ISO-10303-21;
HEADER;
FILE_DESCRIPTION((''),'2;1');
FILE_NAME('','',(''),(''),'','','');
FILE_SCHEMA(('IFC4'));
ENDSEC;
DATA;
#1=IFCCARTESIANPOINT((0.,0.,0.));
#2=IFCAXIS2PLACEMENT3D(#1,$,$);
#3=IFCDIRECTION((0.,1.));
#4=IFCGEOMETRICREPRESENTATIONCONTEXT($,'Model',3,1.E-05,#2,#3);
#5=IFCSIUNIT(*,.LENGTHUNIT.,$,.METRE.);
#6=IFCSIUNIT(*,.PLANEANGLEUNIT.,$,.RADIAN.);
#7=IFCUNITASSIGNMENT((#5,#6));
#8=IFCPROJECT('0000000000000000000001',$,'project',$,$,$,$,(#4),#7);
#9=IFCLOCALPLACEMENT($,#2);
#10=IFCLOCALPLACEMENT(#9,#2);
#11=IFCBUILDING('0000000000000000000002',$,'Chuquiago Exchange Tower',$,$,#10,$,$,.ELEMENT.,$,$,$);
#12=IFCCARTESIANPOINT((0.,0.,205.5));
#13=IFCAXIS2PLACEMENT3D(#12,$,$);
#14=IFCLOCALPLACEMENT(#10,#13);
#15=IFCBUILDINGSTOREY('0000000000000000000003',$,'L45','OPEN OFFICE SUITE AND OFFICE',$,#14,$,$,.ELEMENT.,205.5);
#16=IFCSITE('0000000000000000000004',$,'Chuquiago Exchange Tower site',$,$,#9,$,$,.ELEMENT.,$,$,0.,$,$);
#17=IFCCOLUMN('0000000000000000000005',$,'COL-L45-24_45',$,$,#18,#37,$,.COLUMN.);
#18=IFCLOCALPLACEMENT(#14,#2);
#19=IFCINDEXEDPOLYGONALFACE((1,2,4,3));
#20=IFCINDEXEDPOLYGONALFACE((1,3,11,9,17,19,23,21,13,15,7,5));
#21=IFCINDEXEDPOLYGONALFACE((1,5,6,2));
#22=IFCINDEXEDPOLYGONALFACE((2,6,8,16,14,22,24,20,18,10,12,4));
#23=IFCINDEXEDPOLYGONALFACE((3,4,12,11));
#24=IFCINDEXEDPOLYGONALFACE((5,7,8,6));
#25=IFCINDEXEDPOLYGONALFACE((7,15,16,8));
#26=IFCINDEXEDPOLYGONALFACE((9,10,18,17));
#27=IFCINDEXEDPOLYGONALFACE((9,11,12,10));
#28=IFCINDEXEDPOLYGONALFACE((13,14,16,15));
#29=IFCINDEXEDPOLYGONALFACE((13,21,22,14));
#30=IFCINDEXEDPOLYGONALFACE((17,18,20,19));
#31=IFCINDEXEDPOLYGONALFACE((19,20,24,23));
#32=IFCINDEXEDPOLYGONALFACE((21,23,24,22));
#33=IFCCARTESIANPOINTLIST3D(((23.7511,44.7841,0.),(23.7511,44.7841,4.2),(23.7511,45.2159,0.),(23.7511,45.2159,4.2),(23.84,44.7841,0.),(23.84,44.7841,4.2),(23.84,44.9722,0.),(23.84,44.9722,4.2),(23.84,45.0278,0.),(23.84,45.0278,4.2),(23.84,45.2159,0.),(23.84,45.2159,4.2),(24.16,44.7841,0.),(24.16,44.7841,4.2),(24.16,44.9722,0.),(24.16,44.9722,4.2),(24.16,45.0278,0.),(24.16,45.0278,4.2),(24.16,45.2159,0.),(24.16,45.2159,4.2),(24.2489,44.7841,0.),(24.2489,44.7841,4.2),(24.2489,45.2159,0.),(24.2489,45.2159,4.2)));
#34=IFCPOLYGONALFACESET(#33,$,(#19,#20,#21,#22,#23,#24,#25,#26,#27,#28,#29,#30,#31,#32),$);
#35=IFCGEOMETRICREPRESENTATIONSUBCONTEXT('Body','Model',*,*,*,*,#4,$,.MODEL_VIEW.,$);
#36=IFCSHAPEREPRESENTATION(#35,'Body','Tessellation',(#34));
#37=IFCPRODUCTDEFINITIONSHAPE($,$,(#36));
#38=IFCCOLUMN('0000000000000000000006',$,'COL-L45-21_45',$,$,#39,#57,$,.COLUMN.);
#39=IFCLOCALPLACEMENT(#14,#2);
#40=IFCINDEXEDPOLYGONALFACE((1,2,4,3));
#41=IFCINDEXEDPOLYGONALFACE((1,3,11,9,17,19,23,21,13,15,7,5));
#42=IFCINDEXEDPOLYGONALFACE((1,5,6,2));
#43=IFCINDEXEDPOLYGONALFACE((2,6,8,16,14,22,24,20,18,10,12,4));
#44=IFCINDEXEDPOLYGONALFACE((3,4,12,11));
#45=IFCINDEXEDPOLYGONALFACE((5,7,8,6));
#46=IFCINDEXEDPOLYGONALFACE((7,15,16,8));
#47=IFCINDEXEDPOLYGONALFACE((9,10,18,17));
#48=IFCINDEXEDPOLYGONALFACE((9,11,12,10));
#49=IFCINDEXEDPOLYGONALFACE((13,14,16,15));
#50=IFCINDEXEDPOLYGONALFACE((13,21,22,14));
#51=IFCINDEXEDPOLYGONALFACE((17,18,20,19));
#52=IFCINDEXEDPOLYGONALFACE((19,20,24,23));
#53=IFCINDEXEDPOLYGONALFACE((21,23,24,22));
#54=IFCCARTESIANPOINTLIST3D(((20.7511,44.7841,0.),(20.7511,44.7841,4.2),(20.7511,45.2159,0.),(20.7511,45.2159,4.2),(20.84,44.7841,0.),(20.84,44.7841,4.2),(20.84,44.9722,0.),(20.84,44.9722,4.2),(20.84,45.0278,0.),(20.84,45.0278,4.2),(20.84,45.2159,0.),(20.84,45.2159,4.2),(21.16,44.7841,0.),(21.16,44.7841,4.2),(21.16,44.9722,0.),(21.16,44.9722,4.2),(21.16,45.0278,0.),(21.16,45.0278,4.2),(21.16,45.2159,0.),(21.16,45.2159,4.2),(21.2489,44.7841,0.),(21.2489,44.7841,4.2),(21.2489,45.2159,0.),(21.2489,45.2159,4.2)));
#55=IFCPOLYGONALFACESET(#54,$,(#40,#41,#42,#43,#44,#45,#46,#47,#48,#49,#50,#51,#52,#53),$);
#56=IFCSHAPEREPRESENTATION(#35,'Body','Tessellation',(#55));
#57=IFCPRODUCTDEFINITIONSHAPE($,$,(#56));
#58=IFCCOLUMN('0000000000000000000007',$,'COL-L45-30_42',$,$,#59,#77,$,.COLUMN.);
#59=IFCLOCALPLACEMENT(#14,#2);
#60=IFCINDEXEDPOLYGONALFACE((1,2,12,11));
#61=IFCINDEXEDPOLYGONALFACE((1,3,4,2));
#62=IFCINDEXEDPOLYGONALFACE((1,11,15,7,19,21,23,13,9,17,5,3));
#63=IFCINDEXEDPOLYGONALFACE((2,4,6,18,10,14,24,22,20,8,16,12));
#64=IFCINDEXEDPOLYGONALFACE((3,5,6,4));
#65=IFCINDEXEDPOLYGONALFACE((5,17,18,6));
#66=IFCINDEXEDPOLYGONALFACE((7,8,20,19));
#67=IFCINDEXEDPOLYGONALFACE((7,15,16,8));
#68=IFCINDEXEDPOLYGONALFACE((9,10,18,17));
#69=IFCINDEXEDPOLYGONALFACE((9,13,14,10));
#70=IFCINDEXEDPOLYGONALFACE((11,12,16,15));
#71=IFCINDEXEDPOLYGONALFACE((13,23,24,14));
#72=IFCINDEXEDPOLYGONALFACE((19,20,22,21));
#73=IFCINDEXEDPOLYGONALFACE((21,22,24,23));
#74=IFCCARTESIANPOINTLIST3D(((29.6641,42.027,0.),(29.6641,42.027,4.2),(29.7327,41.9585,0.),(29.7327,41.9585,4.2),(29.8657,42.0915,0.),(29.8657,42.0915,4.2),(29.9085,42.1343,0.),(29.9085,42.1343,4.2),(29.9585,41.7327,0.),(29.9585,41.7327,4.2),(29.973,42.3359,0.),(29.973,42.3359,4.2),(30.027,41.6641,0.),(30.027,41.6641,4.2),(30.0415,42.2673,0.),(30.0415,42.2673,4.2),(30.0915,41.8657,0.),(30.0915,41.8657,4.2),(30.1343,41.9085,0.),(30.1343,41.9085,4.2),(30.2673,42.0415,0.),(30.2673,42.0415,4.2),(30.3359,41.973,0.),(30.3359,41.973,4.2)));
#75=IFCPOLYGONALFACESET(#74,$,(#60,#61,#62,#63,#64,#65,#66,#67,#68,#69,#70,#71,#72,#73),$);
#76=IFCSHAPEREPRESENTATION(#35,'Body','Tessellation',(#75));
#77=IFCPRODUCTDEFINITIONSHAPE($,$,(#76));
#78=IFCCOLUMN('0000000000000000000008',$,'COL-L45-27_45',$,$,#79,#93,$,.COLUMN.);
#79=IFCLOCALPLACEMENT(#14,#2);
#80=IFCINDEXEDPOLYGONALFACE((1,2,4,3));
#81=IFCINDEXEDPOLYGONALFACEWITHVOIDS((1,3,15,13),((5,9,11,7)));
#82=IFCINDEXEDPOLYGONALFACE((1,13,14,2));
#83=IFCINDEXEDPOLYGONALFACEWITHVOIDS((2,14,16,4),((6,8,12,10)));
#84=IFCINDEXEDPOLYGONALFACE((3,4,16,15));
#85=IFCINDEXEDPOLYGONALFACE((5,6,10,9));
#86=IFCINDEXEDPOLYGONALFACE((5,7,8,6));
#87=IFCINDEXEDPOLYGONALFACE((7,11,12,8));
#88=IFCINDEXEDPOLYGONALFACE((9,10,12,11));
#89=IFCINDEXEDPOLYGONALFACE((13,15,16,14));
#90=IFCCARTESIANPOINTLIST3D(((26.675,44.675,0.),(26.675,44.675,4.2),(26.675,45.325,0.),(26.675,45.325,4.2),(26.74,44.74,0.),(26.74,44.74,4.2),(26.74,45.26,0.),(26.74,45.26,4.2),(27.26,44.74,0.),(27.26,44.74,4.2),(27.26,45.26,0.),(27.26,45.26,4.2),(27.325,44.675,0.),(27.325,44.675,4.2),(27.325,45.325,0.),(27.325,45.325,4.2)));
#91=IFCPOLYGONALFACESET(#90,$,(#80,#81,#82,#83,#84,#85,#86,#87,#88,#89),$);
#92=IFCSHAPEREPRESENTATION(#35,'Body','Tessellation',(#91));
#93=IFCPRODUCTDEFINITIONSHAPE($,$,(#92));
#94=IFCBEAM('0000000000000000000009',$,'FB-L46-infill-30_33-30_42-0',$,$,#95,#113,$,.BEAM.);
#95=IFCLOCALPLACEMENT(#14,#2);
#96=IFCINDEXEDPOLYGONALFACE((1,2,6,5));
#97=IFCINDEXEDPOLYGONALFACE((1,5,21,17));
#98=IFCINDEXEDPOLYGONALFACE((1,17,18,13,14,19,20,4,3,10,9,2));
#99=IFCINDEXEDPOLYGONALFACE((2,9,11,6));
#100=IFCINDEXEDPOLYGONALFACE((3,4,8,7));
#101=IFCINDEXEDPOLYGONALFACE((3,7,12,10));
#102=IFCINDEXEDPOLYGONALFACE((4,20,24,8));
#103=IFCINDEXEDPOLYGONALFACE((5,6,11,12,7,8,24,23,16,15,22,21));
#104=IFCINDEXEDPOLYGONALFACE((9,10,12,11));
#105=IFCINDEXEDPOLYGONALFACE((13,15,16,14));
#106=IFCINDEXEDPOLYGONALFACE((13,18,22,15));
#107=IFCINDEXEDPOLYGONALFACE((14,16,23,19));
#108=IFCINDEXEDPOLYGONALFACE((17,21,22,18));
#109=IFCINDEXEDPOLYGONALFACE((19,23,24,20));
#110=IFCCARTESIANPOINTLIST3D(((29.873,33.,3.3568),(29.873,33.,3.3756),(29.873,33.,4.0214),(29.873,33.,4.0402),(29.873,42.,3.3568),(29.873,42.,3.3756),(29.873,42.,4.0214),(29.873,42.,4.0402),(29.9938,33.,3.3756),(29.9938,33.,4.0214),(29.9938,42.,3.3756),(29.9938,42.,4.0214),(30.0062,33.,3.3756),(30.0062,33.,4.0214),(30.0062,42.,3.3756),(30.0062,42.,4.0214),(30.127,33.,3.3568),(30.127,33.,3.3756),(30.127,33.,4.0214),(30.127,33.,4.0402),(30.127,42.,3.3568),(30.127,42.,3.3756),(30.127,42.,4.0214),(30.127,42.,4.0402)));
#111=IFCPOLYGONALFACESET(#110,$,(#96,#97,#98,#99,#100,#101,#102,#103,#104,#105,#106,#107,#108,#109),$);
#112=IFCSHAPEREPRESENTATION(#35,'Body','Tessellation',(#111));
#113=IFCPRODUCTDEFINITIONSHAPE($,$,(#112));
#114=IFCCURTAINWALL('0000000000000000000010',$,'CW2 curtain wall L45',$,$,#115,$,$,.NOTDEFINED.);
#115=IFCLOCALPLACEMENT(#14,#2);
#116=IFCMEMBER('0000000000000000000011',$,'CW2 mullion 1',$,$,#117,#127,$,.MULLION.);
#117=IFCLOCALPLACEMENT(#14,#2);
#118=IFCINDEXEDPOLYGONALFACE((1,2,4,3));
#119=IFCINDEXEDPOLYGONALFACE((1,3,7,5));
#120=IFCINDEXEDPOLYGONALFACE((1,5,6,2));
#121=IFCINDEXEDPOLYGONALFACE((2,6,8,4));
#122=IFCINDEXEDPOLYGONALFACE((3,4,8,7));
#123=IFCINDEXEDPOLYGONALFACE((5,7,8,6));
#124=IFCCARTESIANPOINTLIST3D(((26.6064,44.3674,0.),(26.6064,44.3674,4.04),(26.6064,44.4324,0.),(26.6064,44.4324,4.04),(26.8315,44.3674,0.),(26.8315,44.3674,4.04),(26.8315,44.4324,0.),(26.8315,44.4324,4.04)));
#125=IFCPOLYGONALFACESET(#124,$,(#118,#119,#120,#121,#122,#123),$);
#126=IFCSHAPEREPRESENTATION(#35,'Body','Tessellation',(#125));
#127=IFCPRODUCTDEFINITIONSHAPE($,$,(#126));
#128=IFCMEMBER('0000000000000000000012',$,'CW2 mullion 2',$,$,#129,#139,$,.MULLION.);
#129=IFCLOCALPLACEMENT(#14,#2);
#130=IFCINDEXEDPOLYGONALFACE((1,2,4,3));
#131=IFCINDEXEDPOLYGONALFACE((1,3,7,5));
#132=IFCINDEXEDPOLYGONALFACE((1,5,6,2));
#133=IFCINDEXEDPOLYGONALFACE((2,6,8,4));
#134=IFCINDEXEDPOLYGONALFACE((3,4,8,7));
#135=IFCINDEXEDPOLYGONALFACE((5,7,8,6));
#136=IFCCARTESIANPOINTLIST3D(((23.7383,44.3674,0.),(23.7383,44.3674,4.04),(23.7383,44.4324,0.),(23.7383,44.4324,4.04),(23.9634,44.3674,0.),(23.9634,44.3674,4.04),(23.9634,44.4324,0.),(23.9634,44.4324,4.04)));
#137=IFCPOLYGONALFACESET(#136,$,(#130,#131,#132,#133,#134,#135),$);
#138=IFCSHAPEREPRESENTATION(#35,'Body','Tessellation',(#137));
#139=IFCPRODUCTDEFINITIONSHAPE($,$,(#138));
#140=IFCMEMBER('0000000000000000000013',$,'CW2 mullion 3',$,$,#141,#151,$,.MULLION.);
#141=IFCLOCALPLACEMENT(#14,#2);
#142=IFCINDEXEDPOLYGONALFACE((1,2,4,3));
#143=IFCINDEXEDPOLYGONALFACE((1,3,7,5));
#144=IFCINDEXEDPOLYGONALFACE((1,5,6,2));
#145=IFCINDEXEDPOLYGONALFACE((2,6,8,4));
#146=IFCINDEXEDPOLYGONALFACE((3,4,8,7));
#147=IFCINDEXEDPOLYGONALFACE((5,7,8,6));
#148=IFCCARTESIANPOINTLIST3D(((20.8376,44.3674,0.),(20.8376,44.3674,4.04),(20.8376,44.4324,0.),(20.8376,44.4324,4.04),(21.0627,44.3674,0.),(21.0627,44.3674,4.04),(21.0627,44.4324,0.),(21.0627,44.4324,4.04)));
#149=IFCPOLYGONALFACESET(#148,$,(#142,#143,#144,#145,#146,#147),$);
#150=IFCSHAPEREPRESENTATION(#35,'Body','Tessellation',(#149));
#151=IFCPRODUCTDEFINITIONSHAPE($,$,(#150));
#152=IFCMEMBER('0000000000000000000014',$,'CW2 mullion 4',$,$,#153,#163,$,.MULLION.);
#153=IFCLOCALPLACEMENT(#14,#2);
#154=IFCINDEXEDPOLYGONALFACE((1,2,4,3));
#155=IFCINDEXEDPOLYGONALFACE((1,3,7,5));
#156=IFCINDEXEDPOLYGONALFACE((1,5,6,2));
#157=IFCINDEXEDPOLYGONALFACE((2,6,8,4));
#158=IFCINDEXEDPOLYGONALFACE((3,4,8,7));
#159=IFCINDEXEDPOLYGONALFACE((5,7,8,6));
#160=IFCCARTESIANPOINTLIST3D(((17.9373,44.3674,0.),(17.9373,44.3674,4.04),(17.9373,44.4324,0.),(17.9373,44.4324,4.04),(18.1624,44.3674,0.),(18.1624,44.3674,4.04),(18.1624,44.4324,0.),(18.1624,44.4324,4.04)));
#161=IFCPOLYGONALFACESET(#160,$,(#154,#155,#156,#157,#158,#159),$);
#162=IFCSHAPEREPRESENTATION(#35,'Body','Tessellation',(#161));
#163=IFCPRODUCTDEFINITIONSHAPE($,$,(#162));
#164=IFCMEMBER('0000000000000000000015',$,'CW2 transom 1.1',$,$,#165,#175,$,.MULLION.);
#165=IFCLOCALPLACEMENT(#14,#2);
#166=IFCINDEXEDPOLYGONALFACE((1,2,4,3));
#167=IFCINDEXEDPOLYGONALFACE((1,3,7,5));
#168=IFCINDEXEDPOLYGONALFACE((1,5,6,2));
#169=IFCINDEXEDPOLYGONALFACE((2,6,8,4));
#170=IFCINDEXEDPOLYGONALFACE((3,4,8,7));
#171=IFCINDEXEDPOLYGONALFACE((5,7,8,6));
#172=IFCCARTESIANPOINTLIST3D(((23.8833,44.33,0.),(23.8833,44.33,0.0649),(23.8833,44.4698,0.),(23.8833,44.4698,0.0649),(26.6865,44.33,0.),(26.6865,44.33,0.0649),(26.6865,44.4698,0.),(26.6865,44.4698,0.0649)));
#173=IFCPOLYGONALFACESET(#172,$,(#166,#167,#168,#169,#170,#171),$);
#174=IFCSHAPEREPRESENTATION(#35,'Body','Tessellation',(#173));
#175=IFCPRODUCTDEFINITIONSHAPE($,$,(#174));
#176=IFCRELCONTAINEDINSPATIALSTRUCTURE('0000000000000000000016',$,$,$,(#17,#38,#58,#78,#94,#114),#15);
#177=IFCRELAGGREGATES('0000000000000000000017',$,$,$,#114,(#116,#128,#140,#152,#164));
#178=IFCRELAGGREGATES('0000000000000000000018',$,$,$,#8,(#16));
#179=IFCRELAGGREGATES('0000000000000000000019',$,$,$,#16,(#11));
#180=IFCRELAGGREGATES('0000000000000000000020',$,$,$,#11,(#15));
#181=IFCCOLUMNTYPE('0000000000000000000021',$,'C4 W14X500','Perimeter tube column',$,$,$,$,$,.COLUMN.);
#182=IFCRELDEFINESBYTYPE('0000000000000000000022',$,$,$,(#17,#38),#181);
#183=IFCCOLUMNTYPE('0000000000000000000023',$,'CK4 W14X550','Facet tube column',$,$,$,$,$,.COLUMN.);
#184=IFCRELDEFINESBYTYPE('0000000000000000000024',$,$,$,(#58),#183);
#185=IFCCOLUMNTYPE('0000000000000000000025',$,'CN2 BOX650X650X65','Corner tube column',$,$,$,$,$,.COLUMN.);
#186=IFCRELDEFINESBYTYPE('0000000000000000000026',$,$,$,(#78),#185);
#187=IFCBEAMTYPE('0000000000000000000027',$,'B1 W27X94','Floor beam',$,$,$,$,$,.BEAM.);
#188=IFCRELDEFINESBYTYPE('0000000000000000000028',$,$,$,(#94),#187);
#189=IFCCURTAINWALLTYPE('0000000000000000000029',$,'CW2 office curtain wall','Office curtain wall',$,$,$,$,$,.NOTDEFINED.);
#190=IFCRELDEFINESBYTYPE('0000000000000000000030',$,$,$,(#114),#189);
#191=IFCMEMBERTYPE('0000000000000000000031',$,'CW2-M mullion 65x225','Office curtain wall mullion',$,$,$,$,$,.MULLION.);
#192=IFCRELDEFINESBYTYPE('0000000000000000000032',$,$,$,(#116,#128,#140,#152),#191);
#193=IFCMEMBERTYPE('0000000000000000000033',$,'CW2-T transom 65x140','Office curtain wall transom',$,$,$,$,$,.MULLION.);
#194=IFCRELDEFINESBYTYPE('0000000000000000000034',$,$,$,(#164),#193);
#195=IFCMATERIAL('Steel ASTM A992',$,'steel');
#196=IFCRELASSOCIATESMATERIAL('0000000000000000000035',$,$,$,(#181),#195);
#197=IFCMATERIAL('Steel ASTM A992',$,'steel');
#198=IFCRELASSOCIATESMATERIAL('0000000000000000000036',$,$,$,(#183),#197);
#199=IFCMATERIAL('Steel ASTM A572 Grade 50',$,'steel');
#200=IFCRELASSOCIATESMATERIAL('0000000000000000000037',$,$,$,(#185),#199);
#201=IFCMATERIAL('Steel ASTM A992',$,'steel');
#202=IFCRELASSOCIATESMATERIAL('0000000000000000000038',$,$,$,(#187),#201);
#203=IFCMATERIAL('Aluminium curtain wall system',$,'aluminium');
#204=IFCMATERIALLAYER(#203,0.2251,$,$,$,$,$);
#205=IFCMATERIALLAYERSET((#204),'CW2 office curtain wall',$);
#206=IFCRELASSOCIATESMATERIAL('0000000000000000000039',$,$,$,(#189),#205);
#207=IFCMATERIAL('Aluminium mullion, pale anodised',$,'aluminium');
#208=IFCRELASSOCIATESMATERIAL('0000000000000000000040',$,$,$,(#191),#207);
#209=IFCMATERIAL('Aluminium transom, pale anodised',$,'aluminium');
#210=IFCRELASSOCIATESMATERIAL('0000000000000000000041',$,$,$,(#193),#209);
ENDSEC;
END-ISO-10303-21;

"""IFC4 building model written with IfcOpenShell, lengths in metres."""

from ifc_helpers import new_model, si_unit, direction, frame, origin, origin_2d, place, context, subcontext, project, spatial, rectangle, hollow_rectangle, i_section, extrude, material, layer, layer_set, material_profile, profile_set, type_object, element, aggregate, save


model = new_model("IFC4")

# Units and contexts
model_context = context("Model", 3, precision=1e-05, world=origin(), true_north=direction((0.0, 1.0)))
body_context = subcontext(model_context, "Body", "Model", "MODEL_VIEW")
ifc_project = project(units=[si_unit("LENGTHUNIT", "METRE"), si_unit("PLANEANGLEUNIT", "RADIAN")], contexts=[model_context])

# Site, building, storey
site_placement = place(None, origin())
site = spatial("IfcSite", under=ifc_project, at=site_placement, Name="Chuquiago Exchange Tower site", CompositionType="ELEMENT", RefElevation=0.0)
building_placement = place(site_placement, origin())
building = spatial("IfcBuilding", under=site, at=building_placement, Name="Chuquiago Exchange Tower", CompositionType="ELEMENT")
storey_placement = place(building_placement, frame((0.0, 0.0, 205.5)))
storey = spatial("IfcBuildingStorey", under=building, at=storey_placement, Name="L45", Description="OPEN OFFICE SUITE AND OFFICE", CompositionType="ELEMENT", Elevation=205.5)

# Columns
ifc_material_1 = material(Name="Steel ASTM A992", Category="steel")
ifc_material_profile_1 = material_profile(ifc_material_1, i_section(OverallWidth=0.4319, OverallDepth=0.4978, WebThickness=0.0557, FlangeThickness=0.0889, at=origin_2d()), Name="W14X500")
ifc_profile_set_1 = profile_set([ifc_material_profile_1], Name="Steel ASTM A992")
column_type_1 = type_object("IfcColumnType", Name="C4 W14X500", Description="Perimeter tube column", PredefinedType="COLUMN", material=ifc_profile_set_1)
for number, where, z_axis, x_axis, name in (
    (1, (24.0, 45.0, 0.0), (0.0, 0.0, 1.0), (0.0, 1.0, 0.0), "COL-L45-24_45"),
    (2, (21.0, 45.0, 0.0), (0.0, 0.0, 1.0), (0.0, 1.0, 0.0), "COL-L45-21_45"),
):
    element("IfcColumn", number, at=place(storey_placement, frame(where, z_axis=z_axis, x_axis=x_axis)), inside=storey, type_object=column_type_1, Name=name, PredefinedType="COLUMN", context=body_context, shape_type="SweptSolid", body=[
        extrude(i_section(OverallWidth=0.4319, OverallDepth=0.4978, WebThickness=0.0557, FlangeThickness=0.0889, at=origin_2d()), origin(), (0.0, 0.0, 1.0), 4.2),
    ])
ifc_material_2 = material(Name="Steel ASTM A992", Category="steel")
ifc_material_profile_2 = material_profile(ifc_material_2, i_section(OverallWidth=0.4368, OverallDepth=0.5132, WebThickness=0.0605, FlangeThickness=0.0969, at=origin_2d()), Name="W14X550")
ifc_profile_set_2 = profile_set([ifc_material_profile_2], Name="Steel ASTM A992")
column_type_2 = type_object("IfcColumnType", Name="CK4 W14X550", Description="Facet tube column", PredefinedType="COLUMN", material=ifc_profile_set_2)
column_1_placement = place(storey_placement, frame((30.0, 42.0, 0.0), z_axis=(0.0, 0.0, 1.0), x_axis=(0.707107, 0.707107, 0.0)))
element("IfcColumn", 3, at=column_1_placement, inside=storey, type_object=column_type_2, Name="COL-L45-30_42", PredefinedType="COLUMN", context=body_context, shape_type="SweptSolid", body=[
    extrude(i_section(OverallWidth=0.4368, OverallDepth=0.5132, WebThickness=0.0605, FlangeThickness=0.0969, at=origin_2d()), origin(), (0.0, 0.0, 1.0), 4.2),
])
ifc_material_3 = material(Name="Steel ASTM A572 Grade 50", Category="steel")
ifc_material_profile_3 = material_profile(ifc_material_3, hollow_rectangle(XDim=0.6499, YDim=0.6499, WallThickness=0.0649, at=origin_2d()), Name="BOX650X650X65")
ifc_profile_set_3 = profile_set([ifc_material_profile_3], Name="Steel ASTM A572 Grade 50")
column_type_3 = type_object("IfcColumnType", Name="CN2 BOX650X650X65", Description="Corner tube column", PredefinedType="COLUMN", material=ifc_profile_set_3)
column_2_placement = place(storey_placement, frame((27.0, 45.0, 0.0), z_axis=(0.0, 0.0, 1.0), x_axis=(0.0, 1.0, 0.0)))
element("IfcColumn", 4, at=column_2_placement, inside=storey, type_object=column_type_3, Name="COL-L45-27_45", PredefinedType="COLUMN", context=body_context, shape_type="SweptSolid", body=[
    extrude(hollow_rectangle(XDim=0.6499, YDim=0.6499, WallThickness=0.0649, at=origin_2d()), origin(), (0.0, 0.0, 1.0), 4.2),
])

# Beam
ifc_material_4 = material(Name="Steel ASTM A992", Category="steel")
ifc_material_profile_4 = material_profile(ifc_material_4, i_section(OverallWidth=0.2539, OverallDepth=0.6833, WebThickness=0.0125, FlangeThickness=0.0188, at=origin_2d()), Name="W27X94")
ifc_profile_set_4 = profile_set([ifc_material_profile_4], Name="Steel ASTM A992")
beam_type_1 = type_object("IfcBeamType", Name="B1 W27X94", Description="Floor beam", PredefinedType="BEAM", material=ifc_profile_set_4)
beam_placement = place(storey_placement, frame((30.0, 33.0, 3.6985), z_axis=(0.0, 1.0, 0.0), x_axis=(-1.0, 0.0, 0.0)))
element("IfcBeam", 5, at=beam_placement, inside=storey, type_object=beam_type_1, Name="FB-L46-infill-30_33-30_42-0", PredefinedType="BEAM", context=body_context, shape_type="SweptSolid", body=[
    extrude(i_section(OverallWidth=0.2539, OverallDepth=0.6833, WebThickness=0.0125, FlangeThickness=0.0188, at=origin_2d()), origin(), (0.0, 0.0, 1.0), 9.0),
])

# Curtain wall, members
ifc_material_5 = material(Name="Aluminium curtain wall system", Category="aluminium")
ifc_layer_1 = layer(ifc_material_5, 0.2251)
ifc_layer_set_1 = layer_set([ifc_layer_1], Name="CW2 office curtain wall")
curtain_wall_type_1 = type_object("IfcCurtainWallType", Name="CW2 office curtain wall", Description="Office curtain wall", PredefinedType="NOTDEFINED", material=ifc_layer_set_1)
curtain_wall_1_placement = place(storey_placement, origin())
curtain_wall_1 = element("IfcCurtainWall", 6, at=curtain_wall_1_placement, inside=storey, type_object=curtain_wall_type_1, Name="CW2 curtain wall L45", PredefinedType="NOTDEFINED")
ifc_material_6 = material(Name="Aluminium mullion, pale anodised", Category="aluminium")
ifc_material_profile_5 = material_profile(ifc_material_6, rectangle(XDim=0.0649, YDim=0.2251, at=origin_2d()), Name="AL 65x225")
ifc_profile_set_5 = profile_set([ifc_material_profile_5], Name="Aluminium mullion, pale anodised")
member_type_1 = type_object("IfcMemberType", Name="CW2-M mullion 65x225", Description="Office curtain wall mullion", PredefinedType="MULLION", material=ifc_profile_set_5)
member_1_placement = place(storey_placement, frame((26.719, 44.3999, 0.0), z_axis=(0.0, 0.0, 1.0), x_axis=(0.0, -1.0, 0.0)))
member_1 = element("IfcMember", 7, at=member_1_placement, type_object=member_type_1, Name="CW2 mullion 1", PredefinedType="MULLION", context=body_context, shape_type="SweptSolid", body=[
    extrude(rectangle(XDim=0.0649, YDim=0.2251, at=origin_2d()), origin(), (0.0, 0.0, 1.0), 4.04),
])
member_2_placement = place(storey_placement, frame((23.8508, 44.3999, 0.0), z_axis=(0.0, 0.0, 1.0), x_axis=(0.0, -1.0, 0.0)))
member_2 = element("IfcMember", 8, at=member_2_placement, type_object=member_type_1, Name="CW2 mullion 2", PredefinedType="MULLION", context=body_context, shape_type="SweptSolid", body=[
    extrude(rectangle(XDim=0.0649, YDim=0.2251, at=origin_2d()), origin(), (0.0, 0.0, 1.0), 4.04),
])
member_3_placement = place(storey_placement, frame((20.9502, 44.3999, 0.0), z_axis=(0.0, 0.0, 1.0), x_axis=(0.0, -1.0, 0.0)))
member_3 = element("IfcMember", 9, at=member_3_placement, type_object=member_type_1, Name="CW2 mullion 3", PredefinedType="MULLION", context=body_context, shape_type="SweptSolid", body=[
    extrude(rectangle(XDim=0.0649, YDim=0.2251, at=origin_2d()), origin(), (0.0, 0.0, 1.0), 4.04),
])
member_4_placement = place(storey_placement, frame((18.0498, 44.3999, 0.0), z_axis=(0.0, 0.0, 1.0), x_axis=(0.0, -1.0, 0.0)))
member_4 = element("IfcMember", 10, at=member_4_placement, type_object=member_type_1, Name="CW2 mullion 4", PredefinedType="MULLION", context=body_context, shape_type="SweptSolid", body=[
    extrude(rectangle(XDim=0.0649, YDim=0.2251, at=origin_2d()), origin(), (0.0, 0.0, 1.0), 4.04),
])
ifc_material_7 = material(Name="Aluminium transom, pale anodised", Category="aluminium")
ifc_material_profile_6 = material_profile(ifc_material_7, rectangle(XDim=0.1399, YDim=0.0649, at=origin_2d()), Name="AL 140x65")
ifc_profile_set_6 = profile_set([ifc_material_profile_6], Name="Aluminium transom, pale anodised")
member_type_2 = type_object("IfcMemberType", Name="CW2-T transom 65x140", Description="Office curtain wall transom", PredefinedType="MULLION", material=ifc_profile_set_6)
member_5_placement = place(storey_placement, frame((26.6865, 44.3999, 0.0325), z_axis=(-1.0, 0.0, 0.0), x_axis=(0.0, -1.0, 0.0)))
member_5 = element("IfcMember", 11, at=member_5_placement, type_object=member_type_2, Name="CW2 transom 1.1", PredefinedType="MULLION", context=body_context, shape_type="SweptSolid", body=[
    extrude(rectangle(XDim=0.1399, YDim=0.0649, at=origin_2d()), origin(), (0.0, 0.0, 1.0), 2.8032),
])

aggregate(curtain_wall_1, [member_1, member_2, member_3, member_4, member_5])

save(model, "model.ifc")
